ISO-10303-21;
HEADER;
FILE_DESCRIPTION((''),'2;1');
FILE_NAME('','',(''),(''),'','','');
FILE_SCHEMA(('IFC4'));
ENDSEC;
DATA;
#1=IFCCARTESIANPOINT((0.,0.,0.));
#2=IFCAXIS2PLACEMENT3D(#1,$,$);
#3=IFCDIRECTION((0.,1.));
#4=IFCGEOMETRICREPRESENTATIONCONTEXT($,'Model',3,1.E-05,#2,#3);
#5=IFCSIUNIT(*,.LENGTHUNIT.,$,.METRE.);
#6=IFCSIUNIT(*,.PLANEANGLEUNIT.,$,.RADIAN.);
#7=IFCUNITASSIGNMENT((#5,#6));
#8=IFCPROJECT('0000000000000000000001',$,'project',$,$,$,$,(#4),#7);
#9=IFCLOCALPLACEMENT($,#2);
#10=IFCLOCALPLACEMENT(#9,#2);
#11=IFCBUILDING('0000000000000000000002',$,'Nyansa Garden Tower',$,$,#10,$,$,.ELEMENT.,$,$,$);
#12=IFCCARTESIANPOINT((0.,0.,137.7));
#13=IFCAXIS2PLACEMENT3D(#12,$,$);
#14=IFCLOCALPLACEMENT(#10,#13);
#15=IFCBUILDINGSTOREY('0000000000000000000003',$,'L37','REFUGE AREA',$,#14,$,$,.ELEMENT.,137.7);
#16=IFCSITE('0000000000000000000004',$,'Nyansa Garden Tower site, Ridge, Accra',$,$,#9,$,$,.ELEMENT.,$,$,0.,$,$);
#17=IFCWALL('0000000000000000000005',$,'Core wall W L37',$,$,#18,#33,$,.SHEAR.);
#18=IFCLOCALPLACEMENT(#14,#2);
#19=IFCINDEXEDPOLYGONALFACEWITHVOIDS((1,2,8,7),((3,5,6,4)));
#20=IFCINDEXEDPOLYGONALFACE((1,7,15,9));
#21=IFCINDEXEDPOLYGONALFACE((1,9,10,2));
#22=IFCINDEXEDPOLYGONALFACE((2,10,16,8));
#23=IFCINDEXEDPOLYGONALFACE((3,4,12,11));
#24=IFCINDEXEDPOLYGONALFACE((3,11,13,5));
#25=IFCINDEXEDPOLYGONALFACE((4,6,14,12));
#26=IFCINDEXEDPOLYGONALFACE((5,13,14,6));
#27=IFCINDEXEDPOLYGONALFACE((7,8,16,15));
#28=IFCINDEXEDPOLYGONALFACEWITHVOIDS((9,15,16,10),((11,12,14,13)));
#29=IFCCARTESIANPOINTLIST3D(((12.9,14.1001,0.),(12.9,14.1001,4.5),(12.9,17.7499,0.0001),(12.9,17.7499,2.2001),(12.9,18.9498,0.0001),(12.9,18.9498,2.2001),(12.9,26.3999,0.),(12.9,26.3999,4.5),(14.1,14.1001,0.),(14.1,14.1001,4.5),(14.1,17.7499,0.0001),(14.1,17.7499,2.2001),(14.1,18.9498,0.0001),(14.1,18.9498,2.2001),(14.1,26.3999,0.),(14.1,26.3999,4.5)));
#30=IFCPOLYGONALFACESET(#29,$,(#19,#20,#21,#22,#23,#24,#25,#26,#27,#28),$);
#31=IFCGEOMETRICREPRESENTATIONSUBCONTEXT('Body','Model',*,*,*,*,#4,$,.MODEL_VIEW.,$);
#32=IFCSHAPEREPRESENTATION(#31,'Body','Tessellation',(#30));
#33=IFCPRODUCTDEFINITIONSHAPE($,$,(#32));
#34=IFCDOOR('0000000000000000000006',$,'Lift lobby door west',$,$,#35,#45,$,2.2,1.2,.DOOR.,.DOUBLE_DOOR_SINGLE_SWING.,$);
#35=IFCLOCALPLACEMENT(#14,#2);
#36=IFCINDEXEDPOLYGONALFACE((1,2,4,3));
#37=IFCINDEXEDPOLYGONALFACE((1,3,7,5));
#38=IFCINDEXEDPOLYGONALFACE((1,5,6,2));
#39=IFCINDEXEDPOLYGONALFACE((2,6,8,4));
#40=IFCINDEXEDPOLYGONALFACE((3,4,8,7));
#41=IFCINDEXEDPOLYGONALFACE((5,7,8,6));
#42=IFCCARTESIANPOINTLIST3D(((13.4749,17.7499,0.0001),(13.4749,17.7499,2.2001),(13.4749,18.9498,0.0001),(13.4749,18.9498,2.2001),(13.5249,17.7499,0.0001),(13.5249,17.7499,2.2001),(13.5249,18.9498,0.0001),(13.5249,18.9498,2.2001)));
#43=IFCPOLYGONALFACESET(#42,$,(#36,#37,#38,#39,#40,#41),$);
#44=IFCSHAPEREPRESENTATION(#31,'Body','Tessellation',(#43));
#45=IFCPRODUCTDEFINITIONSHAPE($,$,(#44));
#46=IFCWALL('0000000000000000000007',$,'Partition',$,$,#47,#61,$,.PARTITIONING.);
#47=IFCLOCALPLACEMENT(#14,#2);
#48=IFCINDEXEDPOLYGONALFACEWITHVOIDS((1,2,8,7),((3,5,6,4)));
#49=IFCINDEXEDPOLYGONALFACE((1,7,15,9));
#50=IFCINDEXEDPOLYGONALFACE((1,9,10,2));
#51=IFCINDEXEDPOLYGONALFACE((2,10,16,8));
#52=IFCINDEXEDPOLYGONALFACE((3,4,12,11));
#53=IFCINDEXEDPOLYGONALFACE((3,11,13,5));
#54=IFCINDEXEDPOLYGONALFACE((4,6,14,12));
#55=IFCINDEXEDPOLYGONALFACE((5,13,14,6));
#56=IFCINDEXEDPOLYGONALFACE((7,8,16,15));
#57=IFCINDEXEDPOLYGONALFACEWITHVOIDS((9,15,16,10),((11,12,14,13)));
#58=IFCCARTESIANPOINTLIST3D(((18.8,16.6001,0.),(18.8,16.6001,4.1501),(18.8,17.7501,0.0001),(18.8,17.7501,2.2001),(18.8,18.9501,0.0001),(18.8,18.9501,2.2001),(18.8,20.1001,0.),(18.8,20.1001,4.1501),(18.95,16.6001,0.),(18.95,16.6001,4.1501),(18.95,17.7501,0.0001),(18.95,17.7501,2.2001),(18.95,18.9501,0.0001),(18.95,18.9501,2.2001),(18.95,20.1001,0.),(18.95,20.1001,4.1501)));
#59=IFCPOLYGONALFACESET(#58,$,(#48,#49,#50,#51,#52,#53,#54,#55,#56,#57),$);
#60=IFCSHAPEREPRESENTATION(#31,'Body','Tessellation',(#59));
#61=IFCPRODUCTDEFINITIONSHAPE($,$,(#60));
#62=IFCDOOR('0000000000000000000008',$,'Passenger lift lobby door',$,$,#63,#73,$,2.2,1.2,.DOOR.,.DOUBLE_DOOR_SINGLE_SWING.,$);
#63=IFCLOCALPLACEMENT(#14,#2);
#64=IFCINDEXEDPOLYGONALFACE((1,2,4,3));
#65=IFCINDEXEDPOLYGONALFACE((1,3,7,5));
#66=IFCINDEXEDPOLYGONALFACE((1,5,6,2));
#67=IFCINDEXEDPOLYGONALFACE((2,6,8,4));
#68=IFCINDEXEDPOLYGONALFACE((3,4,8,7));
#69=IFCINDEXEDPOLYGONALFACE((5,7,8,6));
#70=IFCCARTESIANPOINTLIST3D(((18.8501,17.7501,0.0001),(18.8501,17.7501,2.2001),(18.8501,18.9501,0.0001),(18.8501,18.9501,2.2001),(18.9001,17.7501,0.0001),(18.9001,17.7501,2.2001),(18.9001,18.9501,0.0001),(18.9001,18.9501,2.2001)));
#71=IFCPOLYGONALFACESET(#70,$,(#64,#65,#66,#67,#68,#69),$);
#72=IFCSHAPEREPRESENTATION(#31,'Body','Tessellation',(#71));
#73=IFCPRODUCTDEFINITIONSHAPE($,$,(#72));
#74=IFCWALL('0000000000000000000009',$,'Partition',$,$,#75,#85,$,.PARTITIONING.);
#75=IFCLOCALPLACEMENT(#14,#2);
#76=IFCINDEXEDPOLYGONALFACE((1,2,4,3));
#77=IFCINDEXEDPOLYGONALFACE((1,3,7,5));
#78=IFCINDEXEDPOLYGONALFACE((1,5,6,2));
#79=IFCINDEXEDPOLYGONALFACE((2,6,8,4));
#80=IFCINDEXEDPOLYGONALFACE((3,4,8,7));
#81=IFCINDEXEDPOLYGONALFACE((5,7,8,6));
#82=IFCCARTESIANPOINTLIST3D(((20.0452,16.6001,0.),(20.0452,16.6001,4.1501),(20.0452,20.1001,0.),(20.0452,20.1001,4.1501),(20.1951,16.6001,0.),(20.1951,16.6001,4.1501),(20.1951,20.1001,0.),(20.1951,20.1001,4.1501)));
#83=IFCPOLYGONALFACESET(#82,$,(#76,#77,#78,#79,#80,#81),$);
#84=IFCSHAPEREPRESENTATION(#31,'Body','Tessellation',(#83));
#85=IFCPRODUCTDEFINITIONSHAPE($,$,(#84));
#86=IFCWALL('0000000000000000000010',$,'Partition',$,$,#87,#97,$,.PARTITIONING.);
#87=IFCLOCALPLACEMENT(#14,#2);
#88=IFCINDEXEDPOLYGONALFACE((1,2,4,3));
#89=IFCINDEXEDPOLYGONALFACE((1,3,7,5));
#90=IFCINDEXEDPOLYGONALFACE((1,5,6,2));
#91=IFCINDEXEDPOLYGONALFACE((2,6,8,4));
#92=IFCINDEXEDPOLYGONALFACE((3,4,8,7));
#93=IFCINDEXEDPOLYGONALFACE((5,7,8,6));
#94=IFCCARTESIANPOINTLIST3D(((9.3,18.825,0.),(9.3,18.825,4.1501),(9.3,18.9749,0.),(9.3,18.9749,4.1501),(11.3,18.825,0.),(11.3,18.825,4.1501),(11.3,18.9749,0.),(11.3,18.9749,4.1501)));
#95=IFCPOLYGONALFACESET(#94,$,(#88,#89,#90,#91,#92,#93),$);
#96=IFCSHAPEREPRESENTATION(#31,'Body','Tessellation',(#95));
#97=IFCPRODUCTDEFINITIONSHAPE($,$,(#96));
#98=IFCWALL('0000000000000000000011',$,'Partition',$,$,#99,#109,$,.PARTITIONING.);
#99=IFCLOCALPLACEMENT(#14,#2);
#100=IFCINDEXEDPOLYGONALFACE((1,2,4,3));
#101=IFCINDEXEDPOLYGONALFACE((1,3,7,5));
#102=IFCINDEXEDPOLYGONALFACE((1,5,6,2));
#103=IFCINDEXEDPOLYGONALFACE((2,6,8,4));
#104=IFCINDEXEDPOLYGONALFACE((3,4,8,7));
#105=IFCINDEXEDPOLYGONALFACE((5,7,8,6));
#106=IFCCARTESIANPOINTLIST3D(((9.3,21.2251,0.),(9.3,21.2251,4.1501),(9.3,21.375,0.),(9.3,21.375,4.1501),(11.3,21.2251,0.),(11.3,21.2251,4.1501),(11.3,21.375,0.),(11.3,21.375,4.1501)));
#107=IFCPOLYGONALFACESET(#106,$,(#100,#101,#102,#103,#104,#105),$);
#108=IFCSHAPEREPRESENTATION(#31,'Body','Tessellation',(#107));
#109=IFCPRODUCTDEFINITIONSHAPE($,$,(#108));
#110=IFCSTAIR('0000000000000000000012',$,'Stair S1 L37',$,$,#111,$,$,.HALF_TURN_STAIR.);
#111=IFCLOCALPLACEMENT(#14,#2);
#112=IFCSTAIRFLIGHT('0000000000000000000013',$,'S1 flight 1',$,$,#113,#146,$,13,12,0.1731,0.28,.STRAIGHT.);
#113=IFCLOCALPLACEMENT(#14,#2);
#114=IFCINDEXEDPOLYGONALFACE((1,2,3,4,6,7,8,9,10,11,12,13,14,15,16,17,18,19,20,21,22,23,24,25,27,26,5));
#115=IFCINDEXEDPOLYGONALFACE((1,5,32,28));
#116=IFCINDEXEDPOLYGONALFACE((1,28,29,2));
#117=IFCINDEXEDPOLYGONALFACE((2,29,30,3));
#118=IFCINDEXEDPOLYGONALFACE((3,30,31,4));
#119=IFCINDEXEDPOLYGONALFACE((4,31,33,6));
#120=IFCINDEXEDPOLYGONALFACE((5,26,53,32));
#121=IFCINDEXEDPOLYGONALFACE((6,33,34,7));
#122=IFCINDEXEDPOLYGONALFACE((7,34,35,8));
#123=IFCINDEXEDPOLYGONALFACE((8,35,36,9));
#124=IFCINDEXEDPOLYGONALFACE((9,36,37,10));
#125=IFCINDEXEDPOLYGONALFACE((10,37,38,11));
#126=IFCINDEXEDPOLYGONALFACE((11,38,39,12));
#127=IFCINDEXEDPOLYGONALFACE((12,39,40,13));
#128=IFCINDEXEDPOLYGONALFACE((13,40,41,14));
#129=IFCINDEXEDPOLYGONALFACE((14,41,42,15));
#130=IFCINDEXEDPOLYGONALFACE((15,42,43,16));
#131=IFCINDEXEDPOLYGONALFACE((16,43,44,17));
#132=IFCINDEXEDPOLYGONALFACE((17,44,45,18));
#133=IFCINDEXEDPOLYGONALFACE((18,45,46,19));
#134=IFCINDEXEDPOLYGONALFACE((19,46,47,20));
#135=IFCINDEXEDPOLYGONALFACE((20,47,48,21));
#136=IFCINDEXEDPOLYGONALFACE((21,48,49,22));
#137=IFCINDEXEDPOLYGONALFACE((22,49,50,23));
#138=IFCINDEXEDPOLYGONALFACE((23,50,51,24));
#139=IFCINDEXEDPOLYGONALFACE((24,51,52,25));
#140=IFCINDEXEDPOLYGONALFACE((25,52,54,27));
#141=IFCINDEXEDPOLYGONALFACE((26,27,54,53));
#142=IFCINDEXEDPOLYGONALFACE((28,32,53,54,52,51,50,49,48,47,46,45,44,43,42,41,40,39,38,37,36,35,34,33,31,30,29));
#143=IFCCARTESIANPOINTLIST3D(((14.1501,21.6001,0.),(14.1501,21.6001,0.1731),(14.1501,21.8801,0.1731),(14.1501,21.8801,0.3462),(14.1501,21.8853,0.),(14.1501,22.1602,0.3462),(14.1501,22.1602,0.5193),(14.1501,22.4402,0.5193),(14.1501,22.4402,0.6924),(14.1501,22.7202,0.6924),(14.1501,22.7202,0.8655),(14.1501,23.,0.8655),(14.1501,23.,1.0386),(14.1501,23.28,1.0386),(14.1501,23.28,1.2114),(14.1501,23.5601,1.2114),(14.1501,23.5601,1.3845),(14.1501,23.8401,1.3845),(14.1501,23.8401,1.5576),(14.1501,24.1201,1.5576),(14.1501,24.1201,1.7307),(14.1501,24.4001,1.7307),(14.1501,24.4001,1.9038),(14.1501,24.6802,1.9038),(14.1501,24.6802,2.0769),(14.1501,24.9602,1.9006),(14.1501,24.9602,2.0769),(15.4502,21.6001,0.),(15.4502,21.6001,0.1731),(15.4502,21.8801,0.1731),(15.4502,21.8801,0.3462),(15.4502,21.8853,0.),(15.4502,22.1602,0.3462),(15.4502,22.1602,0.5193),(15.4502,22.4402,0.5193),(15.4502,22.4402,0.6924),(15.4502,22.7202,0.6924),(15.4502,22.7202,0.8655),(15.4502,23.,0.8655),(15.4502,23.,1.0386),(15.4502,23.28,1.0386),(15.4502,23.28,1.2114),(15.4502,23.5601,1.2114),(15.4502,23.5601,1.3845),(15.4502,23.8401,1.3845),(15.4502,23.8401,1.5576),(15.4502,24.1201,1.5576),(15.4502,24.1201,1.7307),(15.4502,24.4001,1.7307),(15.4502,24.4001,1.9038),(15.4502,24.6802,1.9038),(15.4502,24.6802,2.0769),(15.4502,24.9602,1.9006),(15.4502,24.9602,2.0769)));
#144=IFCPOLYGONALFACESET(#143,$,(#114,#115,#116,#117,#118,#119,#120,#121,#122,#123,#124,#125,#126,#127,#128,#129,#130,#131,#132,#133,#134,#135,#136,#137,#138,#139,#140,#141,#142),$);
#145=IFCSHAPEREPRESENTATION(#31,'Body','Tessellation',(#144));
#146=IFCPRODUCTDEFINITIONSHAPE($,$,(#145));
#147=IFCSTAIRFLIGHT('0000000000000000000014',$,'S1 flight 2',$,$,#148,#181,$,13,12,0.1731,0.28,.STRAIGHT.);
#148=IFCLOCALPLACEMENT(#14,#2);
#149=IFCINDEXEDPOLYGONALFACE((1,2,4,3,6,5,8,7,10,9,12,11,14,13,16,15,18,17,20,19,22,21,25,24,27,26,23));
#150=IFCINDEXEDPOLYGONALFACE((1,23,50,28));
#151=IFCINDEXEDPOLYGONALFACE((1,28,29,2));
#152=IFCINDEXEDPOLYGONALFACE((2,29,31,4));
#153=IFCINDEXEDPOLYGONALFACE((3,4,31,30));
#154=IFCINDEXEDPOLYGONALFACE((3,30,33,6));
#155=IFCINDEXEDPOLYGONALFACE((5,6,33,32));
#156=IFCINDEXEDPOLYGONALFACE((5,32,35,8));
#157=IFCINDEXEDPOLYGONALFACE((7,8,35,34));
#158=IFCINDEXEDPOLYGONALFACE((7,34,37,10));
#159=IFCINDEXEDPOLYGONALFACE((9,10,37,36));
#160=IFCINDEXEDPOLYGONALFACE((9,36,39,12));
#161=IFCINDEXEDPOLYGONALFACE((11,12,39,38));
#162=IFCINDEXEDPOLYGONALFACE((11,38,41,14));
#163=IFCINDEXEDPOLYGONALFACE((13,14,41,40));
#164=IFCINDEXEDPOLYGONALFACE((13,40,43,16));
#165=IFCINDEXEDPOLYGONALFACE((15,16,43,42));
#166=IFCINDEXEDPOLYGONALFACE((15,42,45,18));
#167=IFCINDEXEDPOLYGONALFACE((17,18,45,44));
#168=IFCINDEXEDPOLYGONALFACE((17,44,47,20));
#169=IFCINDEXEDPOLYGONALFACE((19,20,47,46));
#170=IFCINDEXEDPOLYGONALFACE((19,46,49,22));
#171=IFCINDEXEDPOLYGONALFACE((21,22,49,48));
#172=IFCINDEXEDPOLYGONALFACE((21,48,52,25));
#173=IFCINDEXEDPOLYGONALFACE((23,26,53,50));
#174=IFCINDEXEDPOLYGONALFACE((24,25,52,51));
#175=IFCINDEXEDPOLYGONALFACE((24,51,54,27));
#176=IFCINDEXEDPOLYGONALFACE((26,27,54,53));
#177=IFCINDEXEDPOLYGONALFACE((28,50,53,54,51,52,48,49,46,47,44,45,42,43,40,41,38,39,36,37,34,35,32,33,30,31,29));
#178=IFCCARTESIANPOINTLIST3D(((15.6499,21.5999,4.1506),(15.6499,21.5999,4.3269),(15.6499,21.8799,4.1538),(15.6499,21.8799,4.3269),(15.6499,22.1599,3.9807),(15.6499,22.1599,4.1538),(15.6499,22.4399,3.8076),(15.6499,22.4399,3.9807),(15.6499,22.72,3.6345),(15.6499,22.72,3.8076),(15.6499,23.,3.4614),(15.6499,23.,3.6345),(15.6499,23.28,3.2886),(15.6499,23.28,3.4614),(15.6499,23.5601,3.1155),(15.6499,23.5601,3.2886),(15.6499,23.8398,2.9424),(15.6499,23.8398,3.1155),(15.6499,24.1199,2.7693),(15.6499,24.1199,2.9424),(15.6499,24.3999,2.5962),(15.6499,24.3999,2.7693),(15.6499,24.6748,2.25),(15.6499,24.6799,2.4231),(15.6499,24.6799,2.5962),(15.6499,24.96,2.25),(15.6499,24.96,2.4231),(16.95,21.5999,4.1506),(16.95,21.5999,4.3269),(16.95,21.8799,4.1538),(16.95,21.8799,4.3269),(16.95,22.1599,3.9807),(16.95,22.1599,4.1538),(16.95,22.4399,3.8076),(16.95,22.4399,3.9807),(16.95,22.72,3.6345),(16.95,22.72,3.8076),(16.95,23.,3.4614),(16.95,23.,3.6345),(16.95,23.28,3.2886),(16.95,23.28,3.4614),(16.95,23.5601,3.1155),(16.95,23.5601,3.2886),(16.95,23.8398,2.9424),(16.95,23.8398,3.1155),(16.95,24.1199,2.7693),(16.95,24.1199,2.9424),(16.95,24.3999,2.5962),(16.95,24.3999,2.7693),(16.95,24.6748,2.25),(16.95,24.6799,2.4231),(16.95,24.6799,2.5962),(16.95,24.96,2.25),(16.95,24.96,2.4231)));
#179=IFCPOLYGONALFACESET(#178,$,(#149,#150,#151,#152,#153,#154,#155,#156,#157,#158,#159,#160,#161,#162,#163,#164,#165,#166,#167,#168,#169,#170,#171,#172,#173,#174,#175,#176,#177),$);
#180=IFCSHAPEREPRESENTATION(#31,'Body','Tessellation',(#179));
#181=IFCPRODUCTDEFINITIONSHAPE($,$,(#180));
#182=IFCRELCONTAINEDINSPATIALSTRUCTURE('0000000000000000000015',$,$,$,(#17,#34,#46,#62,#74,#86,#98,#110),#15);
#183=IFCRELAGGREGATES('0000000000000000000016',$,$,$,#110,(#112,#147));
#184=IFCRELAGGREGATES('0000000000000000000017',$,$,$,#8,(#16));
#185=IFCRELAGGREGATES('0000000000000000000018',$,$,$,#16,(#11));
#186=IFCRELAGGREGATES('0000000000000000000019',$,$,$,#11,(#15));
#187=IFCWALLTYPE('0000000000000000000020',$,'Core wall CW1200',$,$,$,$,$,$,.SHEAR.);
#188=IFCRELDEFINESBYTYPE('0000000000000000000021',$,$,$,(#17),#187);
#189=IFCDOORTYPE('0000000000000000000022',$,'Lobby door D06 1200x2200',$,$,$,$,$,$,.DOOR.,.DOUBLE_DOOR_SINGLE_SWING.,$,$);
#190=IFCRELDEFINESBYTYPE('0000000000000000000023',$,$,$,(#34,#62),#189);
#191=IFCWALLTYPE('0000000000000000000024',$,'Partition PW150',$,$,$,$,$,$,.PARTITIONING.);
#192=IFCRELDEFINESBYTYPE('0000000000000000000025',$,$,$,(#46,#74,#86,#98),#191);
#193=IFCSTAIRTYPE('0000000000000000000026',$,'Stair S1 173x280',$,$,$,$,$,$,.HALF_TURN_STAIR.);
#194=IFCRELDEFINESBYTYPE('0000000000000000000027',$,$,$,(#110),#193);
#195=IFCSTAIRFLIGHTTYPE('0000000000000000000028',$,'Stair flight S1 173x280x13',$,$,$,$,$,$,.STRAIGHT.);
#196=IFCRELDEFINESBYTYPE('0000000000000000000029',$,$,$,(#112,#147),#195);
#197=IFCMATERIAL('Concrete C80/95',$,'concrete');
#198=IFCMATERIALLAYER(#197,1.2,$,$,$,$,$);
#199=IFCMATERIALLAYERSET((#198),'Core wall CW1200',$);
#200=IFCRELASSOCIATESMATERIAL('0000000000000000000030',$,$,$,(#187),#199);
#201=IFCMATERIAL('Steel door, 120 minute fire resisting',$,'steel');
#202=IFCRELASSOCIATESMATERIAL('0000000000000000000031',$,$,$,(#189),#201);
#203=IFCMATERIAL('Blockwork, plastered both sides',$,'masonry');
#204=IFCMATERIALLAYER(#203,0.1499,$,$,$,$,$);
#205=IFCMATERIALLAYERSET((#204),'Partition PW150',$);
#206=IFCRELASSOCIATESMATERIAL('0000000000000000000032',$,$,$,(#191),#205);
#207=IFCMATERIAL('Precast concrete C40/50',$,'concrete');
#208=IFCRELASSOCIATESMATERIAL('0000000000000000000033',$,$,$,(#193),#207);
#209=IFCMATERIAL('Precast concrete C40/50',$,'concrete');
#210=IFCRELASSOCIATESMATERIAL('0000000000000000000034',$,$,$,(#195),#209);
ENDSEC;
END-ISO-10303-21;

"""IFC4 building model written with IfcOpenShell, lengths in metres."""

from ifc_helpers import new_model, si_unit, direction, frame, frame_2d, origin, place, context, subcontext, project, spatial, polyline, rectangle, outline, extrude, material, layer, layer_set, type_object, element, fill, aggregate, save


model = new_model("IFC4")

# Units and contexts
model_context = context("Model", 3, precision=1e-05, world=origin(), true_north=direction((0.0, 1.0)))
body_context = subcontext(model_context, "Body", "Model", "MODEL_VIEW")
ifc_project = project(units=[si_unit("LENGTHUNIT", "METRE"), si_unit("PLANEANGLEUNIT", "RADIAN")], contexts=[model_context])

# Site, building, storey
site_placement = place(None, origin())
site = spatial("IfcSite", under=ifc_project, at=site_placement, Name="Nyansa Garden Tower site, Ridge, Accra", CompositionType="ELEMENT", RefElevation=0.0)
building_placement = place(site_placement, origin())
building = spatial("IfcBuilding", under=site, at=building_placement, Name="Nyansa Garden Tower", CompositionType="ELEMENT")
storey_placement = place(building_placement, frame((0.0, 0.0, 137.7)))
storey = spatial("IfcBuildingStorey", under=building, at=storey_placement, Name="L37", Description="REFUGE AREA", CompositionType="ELEMENT", Elevation=137.7)

# Walls, openings, doors
ifc_material_1 = material(Name="Concrete C80/95", Category="concrete")
ifc_layer_1 = layer(ifc_material_1, 1.2)
ifc_layer_set_1 = layer_set([ifc_layer_1], Name="Core wall CW1200")
wall_type_1 = type_object("IfcWallType", Name="Core wall CW1200", PredefinedType="SHEAR", material=ifc_layer_set_1)
wall_1_placement = place(storey_placement, frame((13.5, 26.3999, 0.0), z_axis=(0.0, 0.0, 1.0), x_axis=(0.0, -1.0, 0.0)))
wall_1 = element("IfcWall", 1, at=wall_1_placement, inside=storey, type_object=wall_type_1, Name="Core wall W L37", PredefinedType="SHEAR", context=body_context, shape_type="SweptSolid", body=[
    extrude(rectangle(XDim=12.2998, YDim=1.2, at=frame_2d((6.1499, 0.0))), origin(), (0.0, 0.0, 1.0), 4.5),
])
opening_1_placement = place(wall_1_placement, frame((7.45, 0.0, 0.0)))
opening_1 = element("IfcOpeningElement", 2, at=opening_1_placement, cuts=wall_1, PredefinedType="OPENING", context=body_context, shape_type="SweptSolid", body=[
    extrude(rectangle(XDim=1.2, YDim=2.2, at=frame_2d((0.6001, 1.1001))), frame((0.0, 0.6099, 0.0), z_axis=(0.0, -1.0, 0.0), x_axis=(1.0, 0.0, 0.0)), (0.0, 0.0, 1.0), 1.22),
])
ifc_material_2 = material(Name="Steel door, 120 minute fire resisting", Category="steel")
door_type_1 = type_object("IfcDoorType", Name="Lobby door D06 1200x2200", OperationType="DOUBLE_DOOR_SINGLE_SWING", PredefinedType="DOOR", material=ifc_material_2)
door_1_placement = place(opening_1_placement, origin())
door_1 = element("IfcDoor", 3, at=door_1_placement, inside=storey, type_object=door_type_1, Name="Lift lobby door west", OperationType="DOUBLE_DOOR_SINGLE_SWING", OverallHeight=2.2, OverallWidth=1.2, PredefinedType="DOOR", context=body_context, shape_type="SweptSolid", body=[
    extrude(rectangle(XDim=1.2, YDim=2.2, at=frame_2d((0.6001, 1.1001))), frame((0.0, 0.0249, 0.0), z_axis=(0.0, -1.0, 0.0), x_axis=(1.0, 0.0, 0.0)), (0.0, 0.0, 1.0), 0.05),
])
fill(opening_1, door_1)
ifc_material_3 = material(Name="Blockwork, plastered both sides", Category="masonry")
ifc_layer_2 = layer(ifc_material_3, 0.1499)
ifc_layer_set_2 = layer_set([ifc_layer_2], Name="Partition PW150")
wall_type_2 = type_object("IfcWallType", Name="Partition PW150", PredefinedType="PARTITIONING", material=ifc_layer_set_2)
wall_2_placement = place(storey_placement, frame((18.875, 16.6001, 0.0), z_axis=(0.0, 0.0, 1.0), x_axis=(0.0, 1.0, 0.0)))
wall_2 = element("IfcWall", 4, at=wall_2_placement, inside=storey, type_object=wall_type_2, Name="Partition", PredefinedType="PARTITIONING", context=body_context, shape_type="SweptSolid", body=[
    extrude(rectangle(XDim=3.5, YDim=0.1499, at=frame_2d((1.75, 0.0))), origin(), (0.0, 0.0, 1.0), 4.1501),
])
opening_2_placement = place(wall_2_placement, frame((1.1499, 0.0, 0.0)))
opening_2 = element("IfcOpeningElement", 5, at=opening_2_placement, cuts=wall_2, PredefinedType="OPENING", context=body_context, shape_type="SweptSolid", body=[
    extrude(rectangle(XDim=1.2, YDim=2.2, at=frame_2d((0.6001, 1.1001))), frame((0.0, 0.085, 0.0), z_axis=(0.0, -1.0, 0.0), x_axis=(1.0, 0.0, 0.0)), (0.0, 0.0, 1.0), 0.1699),
])
door_2_placement = place(opening_2_placement, origin())
door_2 = element("IfcDoor", 6, at=door_2_placement, inside=storey, type_object=door_type_1, Name="Passenger lift lobby door", OperationType="DOUBLE_DOOR_SINGLE_SWING", OverallHeight=2.2, OverallWidth=1.2, PredefinedType="DOOR", context=body_context, shape_type="SweptSolid", body=[
    extrude(rectangle(XDim=1.2, YDim=2.2, at=frame_2d((0.6001, 1.1001))), frame((0.0, 0.0249, 0.0), z_axis=(0.0, -1.0, 0.0), x_axis=(1.0, 0.0, 0.0)), (0.0, 0.0, 1.0), 0.05),
])
fill(opening_2, door_2)

# Walls
wall_3_placement = place(storey_placement, frame((20.1201, 16.6001, 0.0), z_axis=(0.0, 0.0, 1.0), x_axis=(0.0, 1.0, 0.0)))
element("IfcWall", 7, at=wall_3_placement, inside=storey, type_object=wall_type_2, Name="Partition", PredefinedType="PARTITIONING", context=body_context, shape_type="SweptSolid", body=[
    extrude(rectangle(XDim=3.5, YDim=0.1499, at=frame_2d((1.75, 0.0))), origin(), (0.0, 0.0, 1.0), 4.1501),
])
for number, where, z_axis, x_axis, name in (
    (8, (9.3, 18.8999, 0.0), (0.0, 0.0, 1.0), (1.0, 0.0, 0.0), "Partition"),
    (9, (9.3, 21.3, 0.0), (0.0, 0.0, 1.0), (1.0, 0.0, 0.0), "Partition"),
):
    element("IfcWall", number, at=place(storey_placement, frame(where, z_axis=z_axis, x_axis=x_axis)), inside=storey, type_object=wall_type_2, Name=name, PredefinedType="PARTITIONING", context=body_context, shape_type="SweptSolid", body=[
        extrude(rectangle(XDim=2.0, YDim=0.1499, at=frame_2d((1.0, 0.0))), origin(), (0.0, 0.0, 1.0), 4.1501),
    ])

# Stair, stair flights
ifc_material_4 = material(Name="Precast concrete C40/50", Category="concrete")
stair_type = type_object("IfcStairType", Name="Stair S1 173x280", PredefinedType="HALF_TURN_STAIR", material=ifc_material_4)
stair_placement = place(storey_placement, origin())
stair = element("IfcStair", 10, at=stair_placement, inside=storey, type_object=stair_type, Name="Stair S1 L37", PredefinedType="HALF_TURN_STAIR")
ifc_material_5 = material(Name="Precast concrete C40/50", Category="concrete")
stair_flight_type = type_object("IfcStairFlightType", Name="Stair flight S1 173x280x13", PredefinedType="STRAIGHT", material=ifc_material_5)
stair_flight_1_placement = place(storey_placement, frame((14.8, 21.6001, 0.0), z_axis=(0.0, 0.0, 1.0), x_axis=(0.0, 1.0, 0.0)))
stair_flight_1 = element("IfcStairFlight", 11, at=stair_flight_1_placement, type_object=stair_flight_type, Name="S1 flight 1", NumberOfRisers=13, NumberOfTreads=12, PredefinedType="STRAIGHT", RiserHeight=0.1731, TreadLength=0.28, context=body_context, shape_type="SweptSolid", body=[
    extrude(outline(polyline([(0.0, 0.0), (0.0, 0.1731), (0.28, 0.1731), (0.28, 0.3462), (0.5601, 0.3462), (0.5601, 0.5193), (0.8401, 0.5193), (0.8401, 0.6924), (1.1201, 0.6924), (1.1201, 0.8655), (1.3999, 0.8655), (1.3999, 1.0386), (1.6799, 1.0386), (1.6799, 1.2114), (1.96, 1.2114), (1.96, 1.3845), (2.24, 1.3845), (2.24, 1.5576), (2.52, 1.5576), (2.52, 1.7307), (2.8, 1.7307), (2.8, 1.9038), (3.0801, 1.9038), (3.0801, 2.0769), (3.3601, 2.0769), (3.3601, 2.25), (3.3601, 1.9006), (0.2852, 0.0), (0.0, 0.0)])), frame((0.0, 0.6499, 0.0), z_axis=(0.0, -1.0, 0.0), x_axis=(1.0, 0.0, 0.0)), (0.0, 0.0, 1.0), 1.3),
])
stair_flight_2_placement = place(storey_placement, frame((16.3, 24.96, 2.25), z_axis=(0.0, 0.0, 1.0), x_axis=(0.0, -1.0, 0.0)))
stair_flight_2 = element("IfcStairFlight", 12, at=stair_flight_2_placement, type_object=stair_flight_type, Name="S1 flight 2", NumberOfRisers=13, NumberOfTreads=12, PredefinedType="STRAIGHT", RiserHeight=0.1731, TreadLength=0.28, context=body_context, shape_type="SweptSolid", body=[
    extrude(outline(polyline([(0.0, 0.0), (0.0, 0.1731), (0.28, 0.1731), (0.28, 0.3462), (0.5601, 0.3462), (0.5601, 0.5193), (0.8401, 0.5193), (0.8401, 0.6924), (1.1201, 0.6924), (1.1201, 0.8655), (1.3999, 0.8655), (1.3999, 1.0386), (1.6799, 1.0386), (1.6799, 1.2114), (1.96, 1.2114), (1.96, 1.3845), (2.24, 1.3845), (2.24, 1.5576), (2.52, 1.5576), (2.52, 1.7307), (2.8, 1.7307), (2.8, 1.9038), (3.0801, 1.9038), (3.0801, 2.0769), (3.3601, 2.0769), (3.3601, 2.25), (3.3601, 1.9006), (0.2852, 0.0), (0.0, 0.0)])), frame((0.0, 0.6499, 0.0), z_axis=(0.0, -1.0, 0.0), x_axis=(1.0, 0.0, 0.0)), (0.0, 0.0, 1.0), 1.3),
])
aggregate(stair, [stair_flight_1, stair_flight_2])

save(model, "model.ifc")
